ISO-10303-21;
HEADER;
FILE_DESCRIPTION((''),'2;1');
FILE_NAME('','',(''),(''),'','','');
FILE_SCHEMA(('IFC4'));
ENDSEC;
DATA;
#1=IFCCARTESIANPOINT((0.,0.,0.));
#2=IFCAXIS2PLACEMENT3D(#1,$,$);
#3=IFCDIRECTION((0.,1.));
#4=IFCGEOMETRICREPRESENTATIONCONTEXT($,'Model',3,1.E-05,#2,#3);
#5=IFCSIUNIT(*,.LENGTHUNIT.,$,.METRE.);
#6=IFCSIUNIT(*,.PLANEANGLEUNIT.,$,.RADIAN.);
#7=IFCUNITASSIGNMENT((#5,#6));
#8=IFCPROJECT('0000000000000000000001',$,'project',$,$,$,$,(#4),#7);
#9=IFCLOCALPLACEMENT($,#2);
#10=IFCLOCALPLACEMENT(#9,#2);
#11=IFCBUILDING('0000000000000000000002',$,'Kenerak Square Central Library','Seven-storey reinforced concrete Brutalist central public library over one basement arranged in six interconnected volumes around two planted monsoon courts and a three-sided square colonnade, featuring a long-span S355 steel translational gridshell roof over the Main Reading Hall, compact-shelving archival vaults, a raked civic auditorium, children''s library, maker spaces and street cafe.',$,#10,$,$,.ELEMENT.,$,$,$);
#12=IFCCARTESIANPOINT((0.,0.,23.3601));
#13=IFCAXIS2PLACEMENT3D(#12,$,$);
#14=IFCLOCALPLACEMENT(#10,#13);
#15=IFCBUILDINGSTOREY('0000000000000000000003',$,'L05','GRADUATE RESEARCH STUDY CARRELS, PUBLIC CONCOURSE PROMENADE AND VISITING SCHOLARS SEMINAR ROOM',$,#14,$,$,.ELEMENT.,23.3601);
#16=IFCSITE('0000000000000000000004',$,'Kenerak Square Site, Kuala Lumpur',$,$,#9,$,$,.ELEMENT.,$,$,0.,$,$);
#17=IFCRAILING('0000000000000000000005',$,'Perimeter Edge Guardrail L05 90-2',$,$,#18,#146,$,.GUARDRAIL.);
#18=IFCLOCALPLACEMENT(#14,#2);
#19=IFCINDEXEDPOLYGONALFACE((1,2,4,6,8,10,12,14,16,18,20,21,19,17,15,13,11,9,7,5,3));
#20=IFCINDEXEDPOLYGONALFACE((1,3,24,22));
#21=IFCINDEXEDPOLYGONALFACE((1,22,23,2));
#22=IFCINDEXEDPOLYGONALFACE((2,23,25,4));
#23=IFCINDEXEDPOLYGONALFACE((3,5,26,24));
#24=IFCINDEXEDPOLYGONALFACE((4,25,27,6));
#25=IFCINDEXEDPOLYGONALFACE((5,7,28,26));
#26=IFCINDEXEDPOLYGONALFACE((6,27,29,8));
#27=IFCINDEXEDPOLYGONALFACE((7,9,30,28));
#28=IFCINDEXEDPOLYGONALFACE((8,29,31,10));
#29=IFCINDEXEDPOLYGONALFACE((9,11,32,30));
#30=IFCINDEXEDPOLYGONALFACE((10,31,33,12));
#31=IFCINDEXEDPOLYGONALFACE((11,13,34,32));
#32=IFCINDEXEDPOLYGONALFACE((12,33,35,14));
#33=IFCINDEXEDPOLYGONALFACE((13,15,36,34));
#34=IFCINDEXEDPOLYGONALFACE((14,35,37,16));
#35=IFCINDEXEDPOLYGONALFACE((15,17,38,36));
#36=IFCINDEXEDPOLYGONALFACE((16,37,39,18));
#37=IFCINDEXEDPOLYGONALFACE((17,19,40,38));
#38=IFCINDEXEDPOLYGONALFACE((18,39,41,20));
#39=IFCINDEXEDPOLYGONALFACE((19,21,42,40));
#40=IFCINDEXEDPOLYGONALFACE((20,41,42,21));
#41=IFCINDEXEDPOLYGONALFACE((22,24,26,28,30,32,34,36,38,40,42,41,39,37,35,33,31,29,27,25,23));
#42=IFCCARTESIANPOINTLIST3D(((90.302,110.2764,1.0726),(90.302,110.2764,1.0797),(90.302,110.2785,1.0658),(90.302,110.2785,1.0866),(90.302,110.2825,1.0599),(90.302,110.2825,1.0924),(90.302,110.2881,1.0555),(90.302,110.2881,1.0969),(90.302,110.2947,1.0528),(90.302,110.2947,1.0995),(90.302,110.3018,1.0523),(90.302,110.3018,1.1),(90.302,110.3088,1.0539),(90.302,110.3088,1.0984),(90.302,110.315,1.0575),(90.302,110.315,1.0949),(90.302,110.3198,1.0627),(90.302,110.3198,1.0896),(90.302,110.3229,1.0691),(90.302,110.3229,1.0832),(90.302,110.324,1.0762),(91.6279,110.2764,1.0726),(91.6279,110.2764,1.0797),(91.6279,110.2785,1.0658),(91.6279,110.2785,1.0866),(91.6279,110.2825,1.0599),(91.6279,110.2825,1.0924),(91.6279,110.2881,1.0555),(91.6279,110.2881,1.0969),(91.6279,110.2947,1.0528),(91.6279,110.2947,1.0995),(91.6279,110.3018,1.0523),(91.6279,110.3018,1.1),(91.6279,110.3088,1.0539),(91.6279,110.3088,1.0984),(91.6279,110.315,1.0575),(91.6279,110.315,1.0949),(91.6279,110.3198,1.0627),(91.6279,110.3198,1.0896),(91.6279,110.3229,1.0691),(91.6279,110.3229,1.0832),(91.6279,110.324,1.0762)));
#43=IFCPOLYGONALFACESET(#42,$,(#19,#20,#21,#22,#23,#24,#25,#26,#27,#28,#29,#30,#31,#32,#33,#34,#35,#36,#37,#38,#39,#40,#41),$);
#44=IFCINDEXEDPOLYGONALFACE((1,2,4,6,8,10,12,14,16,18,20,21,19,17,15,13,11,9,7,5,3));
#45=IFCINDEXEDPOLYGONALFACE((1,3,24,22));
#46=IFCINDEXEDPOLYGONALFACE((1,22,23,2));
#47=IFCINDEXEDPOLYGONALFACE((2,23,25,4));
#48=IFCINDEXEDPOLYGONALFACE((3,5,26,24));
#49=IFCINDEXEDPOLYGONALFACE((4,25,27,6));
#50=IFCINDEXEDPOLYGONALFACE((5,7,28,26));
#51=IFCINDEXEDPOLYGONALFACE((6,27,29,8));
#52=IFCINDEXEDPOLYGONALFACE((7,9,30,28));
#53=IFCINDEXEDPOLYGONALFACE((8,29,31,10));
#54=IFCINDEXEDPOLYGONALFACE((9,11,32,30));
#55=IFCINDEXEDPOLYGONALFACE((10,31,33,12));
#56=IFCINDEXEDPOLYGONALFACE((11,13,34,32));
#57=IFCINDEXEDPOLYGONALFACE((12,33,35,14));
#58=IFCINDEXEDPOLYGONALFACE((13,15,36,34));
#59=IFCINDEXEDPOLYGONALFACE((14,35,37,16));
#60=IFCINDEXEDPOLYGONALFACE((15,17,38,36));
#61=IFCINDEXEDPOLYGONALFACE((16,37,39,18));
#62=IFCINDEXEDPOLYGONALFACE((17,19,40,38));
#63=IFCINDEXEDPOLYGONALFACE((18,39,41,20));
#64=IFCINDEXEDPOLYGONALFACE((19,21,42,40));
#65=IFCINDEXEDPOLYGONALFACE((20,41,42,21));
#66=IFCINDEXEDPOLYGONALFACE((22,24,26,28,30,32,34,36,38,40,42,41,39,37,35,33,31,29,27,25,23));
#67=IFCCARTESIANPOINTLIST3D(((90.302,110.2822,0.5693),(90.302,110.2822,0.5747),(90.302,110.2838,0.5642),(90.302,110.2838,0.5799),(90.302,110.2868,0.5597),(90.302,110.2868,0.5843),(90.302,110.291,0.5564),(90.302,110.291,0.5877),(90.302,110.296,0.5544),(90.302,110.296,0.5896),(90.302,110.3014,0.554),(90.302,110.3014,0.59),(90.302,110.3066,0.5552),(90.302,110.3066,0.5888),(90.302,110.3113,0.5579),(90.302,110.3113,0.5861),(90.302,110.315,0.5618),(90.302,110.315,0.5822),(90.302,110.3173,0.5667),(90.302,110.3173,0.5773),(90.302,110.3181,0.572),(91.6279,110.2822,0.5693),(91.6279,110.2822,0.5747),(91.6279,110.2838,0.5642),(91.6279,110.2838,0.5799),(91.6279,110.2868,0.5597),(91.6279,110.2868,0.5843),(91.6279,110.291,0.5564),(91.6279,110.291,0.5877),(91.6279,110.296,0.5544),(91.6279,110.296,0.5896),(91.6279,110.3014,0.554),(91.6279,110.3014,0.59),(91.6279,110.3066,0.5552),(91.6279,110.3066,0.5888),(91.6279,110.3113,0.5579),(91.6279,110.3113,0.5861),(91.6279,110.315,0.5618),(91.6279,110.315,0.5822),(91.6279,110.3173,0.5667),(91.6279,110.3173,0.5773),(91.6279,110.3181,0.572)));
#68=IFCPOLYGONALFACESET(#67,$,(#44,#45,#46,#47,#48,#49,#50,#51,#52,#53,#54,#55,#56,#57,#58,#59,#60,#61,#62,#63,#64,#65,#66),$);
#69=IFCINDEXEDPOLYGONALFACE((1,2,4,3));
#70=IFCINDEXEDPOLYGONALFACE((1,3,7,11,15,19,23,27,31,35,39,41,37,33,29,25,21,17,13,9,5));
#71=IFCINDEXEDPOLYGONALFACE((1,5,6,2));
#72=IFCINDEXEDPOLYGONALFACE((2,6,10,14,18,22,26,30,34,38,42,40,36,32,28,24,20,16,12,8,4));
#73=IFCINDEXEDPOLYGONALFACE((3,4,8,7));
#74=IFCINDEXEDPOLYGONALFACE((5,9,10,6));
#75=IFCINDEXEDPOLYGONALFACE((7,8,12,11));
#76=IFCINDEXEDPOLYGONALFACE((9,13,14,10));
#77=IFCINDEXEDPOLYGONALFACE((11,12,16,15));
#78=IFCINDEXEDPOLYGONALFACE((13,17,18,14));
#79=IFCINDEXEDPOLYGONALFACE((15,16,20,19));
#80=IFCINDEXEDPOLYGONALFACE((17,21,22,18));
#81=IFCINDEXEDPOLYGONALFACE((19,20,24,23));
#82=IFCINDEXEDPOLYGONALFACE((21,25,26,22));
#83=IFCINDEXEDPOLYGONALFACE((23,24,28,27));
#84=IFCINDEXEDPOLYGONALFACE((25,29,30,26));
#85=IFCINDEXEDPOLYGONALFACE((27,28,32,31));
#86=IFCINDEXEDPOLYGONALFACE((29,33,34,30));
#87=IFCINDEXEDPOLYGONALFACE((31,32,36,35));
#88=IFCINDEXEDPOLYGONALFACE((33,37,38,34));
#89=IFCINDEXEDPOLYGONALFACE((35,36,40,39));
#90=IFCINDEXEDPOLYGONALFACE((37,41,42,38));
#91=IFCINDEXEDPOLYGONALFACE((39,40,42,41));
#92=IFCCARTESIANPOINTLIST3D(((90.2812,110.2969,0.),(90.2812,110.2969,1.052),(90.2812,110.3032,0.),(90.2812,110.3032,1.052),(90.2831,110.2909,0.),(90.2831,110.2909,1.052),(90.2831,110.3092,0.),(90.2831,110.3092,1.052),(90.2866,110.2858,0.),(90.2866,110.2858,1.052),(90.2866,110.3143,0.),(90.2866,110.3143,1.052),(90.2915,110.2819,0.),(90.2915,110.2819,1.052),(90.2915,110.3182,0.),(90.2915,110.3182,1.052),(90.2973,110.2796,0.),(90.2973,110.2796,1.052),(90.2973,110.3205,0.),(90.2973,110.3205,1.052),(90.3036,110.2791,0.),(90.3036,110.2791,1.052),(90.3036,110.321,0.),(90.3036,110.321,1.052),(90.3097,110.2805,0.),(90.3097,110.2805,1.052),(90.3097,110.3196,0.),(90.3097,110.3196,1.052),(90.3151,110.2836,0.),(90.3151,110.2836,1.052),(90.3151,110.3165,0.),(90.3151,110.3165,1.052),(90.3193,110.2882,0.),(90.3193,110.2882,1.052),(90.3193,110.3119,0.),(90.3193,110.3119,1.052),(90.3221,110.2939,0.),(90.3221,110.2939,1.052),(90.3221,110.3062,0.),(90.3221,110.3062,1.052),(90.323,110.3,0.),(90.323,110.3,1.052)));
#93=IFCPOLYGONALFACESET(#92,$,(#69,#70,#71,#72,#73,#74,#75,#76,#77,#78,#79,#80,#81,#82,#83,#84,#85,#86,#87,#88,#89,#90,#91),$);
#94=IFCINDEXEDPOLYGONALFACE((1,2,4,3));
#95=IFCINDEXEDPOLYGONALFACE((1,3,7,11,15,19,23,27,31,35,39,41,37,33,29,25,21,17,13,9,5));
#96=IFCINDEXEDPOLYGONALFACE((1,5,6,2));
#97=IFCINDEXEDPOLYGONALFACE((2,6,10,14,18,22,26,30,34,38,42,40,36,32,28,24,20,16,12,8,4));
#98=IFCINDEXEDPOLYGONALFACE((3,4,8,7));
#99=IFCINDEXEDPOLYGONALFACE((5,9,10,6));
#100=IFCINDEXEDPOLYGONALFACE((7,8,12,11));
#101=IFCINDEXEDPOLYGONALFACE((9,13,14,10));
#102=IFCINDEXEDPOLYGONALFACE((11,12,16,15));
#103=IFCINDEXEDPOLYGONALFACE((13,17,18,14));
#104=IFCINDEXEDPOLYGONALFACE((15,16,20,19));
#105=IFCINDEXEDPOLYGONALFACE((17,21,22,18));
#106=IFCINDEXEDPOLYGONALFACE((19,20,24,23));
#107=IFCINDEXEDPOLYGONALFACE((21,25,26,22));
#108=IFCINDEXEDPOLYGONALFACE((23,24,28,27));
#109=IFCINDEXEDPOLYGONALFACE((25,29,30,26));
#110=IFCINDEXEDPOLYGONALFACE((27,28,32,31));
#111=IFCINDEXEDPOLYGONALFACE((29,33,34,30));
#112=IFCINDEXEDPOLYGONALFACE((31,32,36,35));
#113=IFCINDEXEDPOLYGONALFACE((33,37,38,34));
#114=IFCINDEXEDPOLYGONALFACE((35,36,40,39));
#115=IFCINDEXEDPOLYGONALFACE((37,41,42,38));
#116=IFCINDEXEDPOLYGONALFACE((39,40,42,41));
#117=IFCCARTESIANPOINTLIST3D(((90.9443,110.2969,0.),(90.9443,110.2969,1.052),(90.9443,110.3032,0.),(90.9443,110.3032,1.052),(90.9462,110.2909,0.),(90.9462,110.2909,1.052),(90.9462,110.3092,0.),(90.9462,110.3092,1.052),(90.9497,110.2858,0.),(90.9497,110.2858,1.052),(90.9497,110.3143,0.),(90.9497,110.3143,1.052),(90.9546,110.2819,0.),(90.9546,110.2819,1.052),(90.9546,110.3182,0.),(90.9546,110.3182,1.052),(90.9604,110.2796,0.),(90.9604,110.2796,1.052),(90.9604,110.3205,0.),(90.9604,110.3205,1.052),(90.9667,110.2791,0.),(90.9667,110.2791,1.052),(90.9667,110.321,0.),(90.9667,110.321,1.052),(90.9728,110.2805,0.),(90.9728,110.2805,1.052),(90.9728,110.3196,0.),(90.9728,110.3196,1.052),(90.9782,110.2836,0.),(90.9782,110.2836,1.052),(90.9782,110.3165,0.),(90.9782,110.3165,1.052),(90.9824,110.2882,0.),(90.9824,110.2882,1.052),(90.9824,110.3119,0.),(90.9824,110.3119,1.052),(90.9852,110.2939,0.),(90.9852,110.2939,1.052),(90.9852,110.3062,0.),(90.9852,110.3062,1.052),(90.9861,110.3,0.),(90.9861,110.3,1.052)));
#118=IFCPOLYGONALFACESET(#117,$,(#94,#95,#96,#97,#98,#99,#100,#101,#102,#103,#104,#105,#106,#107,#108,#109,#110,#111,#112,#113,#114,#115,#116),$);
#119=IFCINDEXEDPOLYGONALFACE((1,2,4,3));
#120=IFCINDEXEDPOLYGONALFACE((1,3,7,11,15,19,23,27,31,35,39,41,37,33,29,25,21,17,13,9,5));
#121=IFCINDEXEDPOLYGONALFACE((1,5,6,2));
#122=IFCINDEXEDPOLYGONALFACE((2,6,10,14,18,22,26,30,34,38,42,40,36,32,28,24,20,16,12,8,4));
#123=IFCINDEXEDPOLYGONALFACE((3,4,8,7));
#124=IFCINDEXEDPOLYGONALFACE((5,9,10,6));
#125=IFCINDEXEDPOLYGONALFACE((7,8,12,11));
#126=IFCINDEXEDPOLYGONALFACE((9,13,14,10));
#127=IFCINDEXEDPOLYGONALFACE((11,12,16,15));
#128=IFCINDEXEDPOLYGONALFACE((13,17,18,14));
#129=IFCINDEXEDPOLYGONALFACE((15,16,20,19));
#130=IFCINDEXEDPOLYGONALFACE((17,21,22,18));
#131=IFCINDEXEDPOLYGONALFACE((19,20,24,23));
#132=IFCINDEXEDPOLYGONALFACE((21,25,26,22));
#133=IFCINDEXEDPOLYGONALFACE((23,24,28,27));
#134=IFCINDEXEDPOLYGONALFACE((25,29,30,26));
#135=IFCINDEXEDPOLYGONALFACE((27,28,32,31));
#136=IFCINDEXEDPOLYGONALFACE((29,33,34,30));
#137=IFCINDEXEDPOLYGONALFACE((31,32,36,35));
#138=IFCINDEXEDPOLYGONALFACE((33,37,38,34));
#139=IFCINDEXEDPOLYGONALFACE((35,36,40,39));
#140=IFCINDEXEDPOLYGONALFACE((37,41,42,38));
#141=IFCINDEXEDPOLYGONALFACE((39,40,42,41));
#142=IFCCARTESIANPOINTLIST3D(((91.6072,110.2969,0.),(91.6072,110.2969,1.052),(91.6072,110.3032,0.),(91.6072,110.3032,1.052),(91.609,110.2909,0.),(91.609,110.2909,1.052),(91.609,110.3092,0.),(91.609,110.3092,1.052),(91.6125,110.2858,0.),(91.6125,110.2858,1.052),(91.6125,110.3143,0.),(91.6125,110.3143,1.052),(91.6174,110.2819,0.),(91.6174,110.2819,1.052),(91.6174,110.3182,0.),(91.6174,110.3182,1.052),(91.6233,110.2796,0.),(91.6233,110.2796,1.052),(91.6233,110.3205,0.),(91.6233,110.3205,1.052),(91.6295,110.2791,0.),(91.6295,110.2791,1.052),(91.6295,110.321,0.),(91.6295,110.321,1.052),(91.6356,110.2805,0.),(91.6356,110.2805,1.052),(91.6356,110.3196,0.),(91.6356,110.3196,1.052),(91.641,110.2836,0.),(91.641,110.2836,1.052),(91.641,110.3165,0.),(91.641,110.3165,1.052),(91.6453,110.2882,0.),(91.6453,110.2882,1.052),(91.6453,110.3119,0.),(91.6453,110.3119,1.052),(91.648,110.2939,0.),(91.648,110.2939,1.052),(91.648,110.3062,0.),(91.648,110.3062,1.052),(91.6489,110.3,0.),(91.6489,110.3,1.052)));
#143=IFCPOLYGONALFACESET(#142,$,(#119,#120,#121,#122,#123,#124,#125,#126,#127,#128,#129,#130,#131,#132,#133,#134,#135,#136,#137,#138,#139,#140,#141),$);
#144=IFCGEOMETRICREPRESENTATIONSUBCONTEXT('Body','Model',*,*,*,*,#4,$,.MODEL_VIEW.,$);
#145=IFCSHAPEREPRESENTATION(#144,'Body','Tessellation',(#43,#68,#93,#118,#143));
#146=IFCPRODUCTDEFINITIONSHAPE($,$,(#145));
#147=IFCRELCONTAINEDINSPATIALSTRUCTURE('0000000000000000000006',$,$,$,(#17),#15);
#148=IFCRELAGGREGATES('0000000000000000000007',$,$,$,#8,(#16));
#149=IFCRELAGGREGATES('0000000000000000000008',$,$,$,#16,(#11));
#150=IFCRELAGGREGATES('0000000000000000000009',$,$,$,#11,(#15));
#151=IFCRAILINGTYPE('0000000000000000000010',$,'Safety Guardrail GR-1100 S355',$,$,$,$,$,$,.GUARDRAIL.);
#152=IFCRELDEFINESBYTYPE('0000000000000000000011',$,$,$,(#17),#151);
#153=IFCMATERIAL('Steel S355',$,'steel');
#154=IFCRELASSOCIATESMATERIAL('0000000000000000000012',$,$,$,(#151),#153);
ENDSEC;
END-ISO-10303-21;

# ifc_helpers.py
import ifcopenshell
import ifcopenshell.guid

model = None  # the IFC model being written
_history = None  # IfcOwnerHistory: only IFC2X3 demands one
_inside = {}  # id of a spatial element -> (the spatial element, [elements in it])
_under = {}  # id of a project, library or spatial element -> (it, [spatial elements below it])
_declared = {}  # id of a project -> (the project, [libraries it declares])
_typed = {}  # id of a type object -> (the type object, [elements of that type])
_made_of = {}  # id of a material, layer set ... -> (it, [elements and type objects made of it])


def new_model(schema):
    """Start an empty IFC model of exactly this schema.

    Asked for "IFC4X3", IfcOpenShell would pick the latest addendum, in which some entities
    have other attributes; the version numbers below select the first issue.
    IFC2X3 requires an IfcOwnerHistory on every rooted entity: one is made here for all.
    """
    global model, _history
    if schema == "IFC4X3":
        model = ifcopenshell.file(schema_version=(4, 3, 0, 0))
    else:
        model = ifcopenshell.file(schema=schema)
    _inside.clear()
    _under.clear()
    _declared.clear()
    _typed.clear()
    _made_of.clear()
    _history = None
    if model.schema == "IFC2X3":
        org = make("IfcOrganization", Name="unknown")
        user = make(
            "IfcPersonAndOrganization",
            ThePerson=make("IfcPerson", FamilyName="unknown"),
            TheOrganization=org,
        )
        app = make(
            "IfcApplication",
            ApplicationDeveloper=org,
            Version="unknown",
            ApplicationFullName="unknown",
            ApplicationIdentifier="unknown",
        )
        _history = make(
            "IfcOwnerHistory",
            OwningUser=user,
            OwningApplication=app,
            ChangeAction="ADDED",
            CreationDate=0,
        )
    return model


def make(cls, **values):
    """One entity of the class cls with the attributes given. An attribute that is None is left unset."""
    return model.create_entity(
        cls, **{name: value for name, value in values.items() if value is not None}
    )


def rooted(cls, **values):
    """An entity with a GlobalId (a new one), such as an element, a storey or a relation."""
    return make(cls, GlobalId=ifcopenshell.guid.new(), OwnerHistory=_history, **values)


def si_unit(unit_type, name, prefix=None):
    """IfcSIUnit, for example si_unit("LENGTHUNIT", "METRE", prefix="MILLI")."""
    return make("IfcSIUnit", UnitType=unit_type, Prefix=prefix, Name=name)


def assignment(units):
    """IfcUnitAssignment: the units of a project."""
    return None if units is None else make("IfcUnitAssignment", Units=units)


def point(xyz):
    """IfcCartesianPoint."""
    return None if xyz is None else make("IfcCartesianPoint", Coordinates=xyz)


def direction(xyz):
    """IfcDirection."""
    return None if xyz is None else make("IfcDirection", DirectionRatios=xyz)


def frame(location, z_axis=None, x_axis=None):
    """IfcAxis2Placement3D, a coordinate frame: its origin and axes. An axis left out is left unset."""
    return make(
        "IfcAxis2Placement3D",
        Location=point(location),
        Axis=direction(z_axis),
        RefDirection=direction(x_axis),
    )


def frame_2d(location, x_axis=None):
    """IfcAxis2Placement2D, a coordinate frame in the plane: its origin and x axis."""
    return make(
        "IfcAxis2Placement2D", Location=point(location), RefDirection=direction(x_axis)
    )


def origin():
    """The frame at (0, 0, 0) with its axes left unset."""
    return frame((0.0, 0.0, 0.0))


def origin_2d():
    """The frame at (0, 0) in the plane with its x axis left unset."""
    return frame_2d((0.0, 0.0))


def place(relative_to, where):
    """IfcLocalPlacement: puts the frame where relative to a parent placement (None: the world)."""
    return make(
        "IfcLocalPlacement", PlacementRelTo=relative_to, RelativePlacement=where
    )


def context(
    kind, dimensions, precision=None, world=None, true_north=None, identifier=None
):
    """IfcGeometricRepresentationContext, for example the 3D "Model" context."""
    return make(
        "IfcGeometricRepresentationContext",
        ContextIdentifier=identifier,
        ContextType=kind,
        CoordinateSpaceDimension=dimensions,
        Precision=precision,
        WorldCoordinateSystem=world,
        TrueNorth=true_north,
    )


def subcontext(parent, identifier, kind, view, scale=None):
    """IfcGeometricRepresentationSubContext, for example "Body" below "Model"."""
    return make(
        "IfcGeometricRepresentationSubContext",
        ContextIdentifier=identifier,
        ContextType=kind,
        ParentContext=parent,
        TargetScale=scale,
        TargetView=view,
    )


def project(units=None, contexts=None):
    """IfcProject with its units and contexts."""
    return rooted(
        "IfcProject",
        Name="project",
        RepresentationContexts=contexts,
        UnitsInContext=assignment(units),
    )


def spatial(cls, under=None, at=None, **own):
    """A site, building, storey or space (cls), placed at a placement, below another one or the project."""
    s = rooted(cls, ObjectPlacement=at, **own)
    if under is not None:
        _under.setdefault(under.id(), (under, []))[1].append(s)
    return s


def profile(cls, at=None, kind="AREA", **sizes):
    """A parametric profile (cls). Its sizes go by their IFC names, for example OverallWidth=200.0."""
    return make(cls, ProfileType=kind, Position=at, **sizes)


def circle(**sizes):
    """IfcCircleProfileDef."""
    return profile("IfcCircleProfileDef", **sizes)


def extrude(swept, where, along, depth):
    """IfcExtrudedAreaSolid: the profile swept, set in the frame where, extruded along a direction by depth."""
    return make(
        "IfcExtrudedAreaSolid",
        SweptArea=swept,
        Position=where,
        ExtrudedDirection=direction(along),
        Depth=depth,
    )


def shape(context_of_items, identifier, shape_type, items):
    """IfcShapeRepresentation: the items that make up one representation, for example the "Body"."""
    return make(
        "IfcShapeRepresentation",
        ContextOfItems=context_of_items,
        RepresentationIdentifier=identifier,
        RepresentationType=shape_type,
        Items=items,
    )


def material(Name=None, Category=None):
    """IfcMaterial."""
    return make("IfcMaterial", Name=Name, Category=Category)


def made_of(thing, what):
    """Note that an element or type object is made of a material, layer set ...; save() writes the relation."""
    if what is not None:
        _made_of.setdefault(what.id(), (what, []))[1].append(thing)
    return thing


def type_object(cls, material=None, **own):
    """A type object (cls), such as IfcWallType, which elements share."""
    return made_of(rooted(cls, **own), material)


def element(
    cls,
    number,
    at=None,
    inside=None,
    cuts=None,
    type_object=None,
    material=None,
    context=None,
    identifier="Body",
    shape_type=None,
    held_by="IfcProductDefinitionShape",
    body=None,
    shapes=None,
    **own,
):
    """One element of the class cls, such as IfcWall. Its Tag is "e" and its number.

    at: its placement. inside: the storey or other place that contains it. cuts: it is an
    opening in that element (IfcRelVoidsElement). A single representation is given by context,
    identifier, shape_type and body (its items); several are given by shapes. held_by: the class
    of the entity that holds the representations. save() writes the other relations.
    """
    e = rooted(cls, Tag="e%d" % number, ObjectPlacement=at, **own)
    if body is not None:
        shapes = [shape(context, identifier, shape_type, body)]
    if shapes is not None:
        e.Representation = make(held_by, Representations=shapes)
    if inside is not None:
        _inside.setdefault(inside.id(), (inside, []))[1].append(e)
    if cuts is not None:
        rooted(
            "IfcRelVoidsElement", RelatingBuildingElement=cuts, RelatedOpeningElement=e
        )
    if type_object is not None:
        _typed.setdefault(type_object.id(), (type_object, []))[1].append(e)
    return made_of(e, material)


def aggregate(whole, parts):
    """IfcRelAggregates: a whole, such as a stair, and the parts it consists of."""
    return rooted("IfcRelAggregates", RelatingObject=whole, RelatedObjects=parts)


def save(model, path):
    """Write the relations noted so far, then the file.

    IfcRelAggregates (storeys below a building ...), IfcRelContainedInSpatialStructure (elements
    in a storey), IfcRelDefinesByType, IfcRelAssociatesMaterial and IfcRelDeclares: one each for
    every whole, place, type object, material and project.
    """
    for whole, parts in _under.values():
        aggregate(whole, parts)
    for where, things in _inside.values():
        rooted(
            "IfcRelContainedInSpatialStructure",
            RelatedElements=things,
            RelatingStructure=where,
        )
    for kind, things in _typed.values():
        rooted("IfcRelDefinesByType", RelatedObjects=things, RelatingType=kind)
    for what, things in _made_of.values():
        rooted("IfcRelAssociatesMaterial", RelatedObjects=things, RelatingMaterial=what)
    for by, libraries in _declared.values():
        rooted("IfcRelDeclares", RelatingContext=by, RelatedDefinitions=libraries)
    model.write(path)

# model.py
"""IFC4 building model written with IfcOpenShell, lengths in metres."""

from ifc_helpers import new_model, si_unit, direction, frame, origin, origin_2d, place, context, subcontext, project, spatial, circle, extrude, material, type_object, element, save


model = new_model("IFC4")

# Units and contexts
model_context = context("Model", 3, precision=1e-05, world=origin(), true_north=direction((0.0, 1.0)))
body_context = subcontext(model_context, "Body", "Model", "MODEL_VIEW")
ifc_project = project(units=[si_unit("LENGTHUNIT", "METRE"), si_unit("PLANEANGLEUNIT", "RADIAN")], contexts=[model_context])

# Site, building, storey
site_placement = place(None, origin())
site = spatial("IfcSite", under=ifc_project, at=site_placement, Name="Kenerak Square Site, Kuala Lumpur", CompositionType="ELEMENT", RefElevation=0.0)
building_placement = place(site_placement, origin())
building = spatial("IfcBuilding", under=site, at=building_placement, Name="Kenerak Square Central Library", Description="Seven-storey reinforced concrete Brutalist central public library over one basement arranged in six interconnected volumes around two planted monsoon courts and a three-sided square colonnade, featuring a long-span S355 steel translational gridshell roof over the Main Reading Hall, compact-shelving archival vaults, a raked civic auditorium, children's library, maker spaces and street cafe.", CompositionType="ELEMENT")
storey_placement = place(building_placement, frame((0.0, 0.0, 23.3601)))
storey = spatial("IfcBuildingStorey", under=building, at=storey_placement, Name="L05", Description="GRADUATE RESEARCH STUDY CARRELS, PUBLIC CONCOURSE PROMENADE AND VISITING SCHOLARS SEMINAR ROOM", CompositionType="ELEMENT", Elevation=23.3601)

# Railing
ifc_material_1 = material(Name="Steel S355", Category="steel")
railing_type_1 = type_object("IfcRailingType", Name="Safety Guardrail GR-1100 S355", PredefinedType="GUARDRAIL", material=ifc_material_1)
railing_1_placement = place(storey_placement, frame((90.302, 110.3, 0.0)))
element("IfcRailing", 1, at=railing_1_placement, inside=storey, type_object=railing_type_1, Name="Perimeter Edge Guardrail L05 90-2", PredefinedType="GUARDRAIL", context=body_context, shape_type="SweptSolid", body=[
    extrude(circle(Radius=0.0239, at=origin_2d()), frame((0.0, 0.0, 1.0762), z_axis=(1.0, 0.0, 0.0), x_axis=(0.0, 1.0, 0.0)), (0.0, 0.0, 1.0), 1.3259),
    extrude(circle(Radius=0.0181, at=origin_2d()), frame((0.0, 0.0, 0.572), z_axis=(1.0, 0.0, 0.0), x_axis=(0.0, 1.0, 0.0)), (0.0, 0.0, 1.0), 1.3259),
    extrude(circle(Radius=0.021, at=origin_2d()), origin(), (0.0, 0.0, 1.0), 1.052),
    extrude(circle(Radius=0.021, at=origin_2d()), frame((0.6631, 0.0, 0.0)), (0.0, 0.0, 1.0), 1.052),
    extrude(circle(Radius=0.021, at=origin_2d()), frame((1.3259, 0.0, 0.0)), (0.0, 0.0, 1.0), 1.052),
])

save(model, "model.ifc")
